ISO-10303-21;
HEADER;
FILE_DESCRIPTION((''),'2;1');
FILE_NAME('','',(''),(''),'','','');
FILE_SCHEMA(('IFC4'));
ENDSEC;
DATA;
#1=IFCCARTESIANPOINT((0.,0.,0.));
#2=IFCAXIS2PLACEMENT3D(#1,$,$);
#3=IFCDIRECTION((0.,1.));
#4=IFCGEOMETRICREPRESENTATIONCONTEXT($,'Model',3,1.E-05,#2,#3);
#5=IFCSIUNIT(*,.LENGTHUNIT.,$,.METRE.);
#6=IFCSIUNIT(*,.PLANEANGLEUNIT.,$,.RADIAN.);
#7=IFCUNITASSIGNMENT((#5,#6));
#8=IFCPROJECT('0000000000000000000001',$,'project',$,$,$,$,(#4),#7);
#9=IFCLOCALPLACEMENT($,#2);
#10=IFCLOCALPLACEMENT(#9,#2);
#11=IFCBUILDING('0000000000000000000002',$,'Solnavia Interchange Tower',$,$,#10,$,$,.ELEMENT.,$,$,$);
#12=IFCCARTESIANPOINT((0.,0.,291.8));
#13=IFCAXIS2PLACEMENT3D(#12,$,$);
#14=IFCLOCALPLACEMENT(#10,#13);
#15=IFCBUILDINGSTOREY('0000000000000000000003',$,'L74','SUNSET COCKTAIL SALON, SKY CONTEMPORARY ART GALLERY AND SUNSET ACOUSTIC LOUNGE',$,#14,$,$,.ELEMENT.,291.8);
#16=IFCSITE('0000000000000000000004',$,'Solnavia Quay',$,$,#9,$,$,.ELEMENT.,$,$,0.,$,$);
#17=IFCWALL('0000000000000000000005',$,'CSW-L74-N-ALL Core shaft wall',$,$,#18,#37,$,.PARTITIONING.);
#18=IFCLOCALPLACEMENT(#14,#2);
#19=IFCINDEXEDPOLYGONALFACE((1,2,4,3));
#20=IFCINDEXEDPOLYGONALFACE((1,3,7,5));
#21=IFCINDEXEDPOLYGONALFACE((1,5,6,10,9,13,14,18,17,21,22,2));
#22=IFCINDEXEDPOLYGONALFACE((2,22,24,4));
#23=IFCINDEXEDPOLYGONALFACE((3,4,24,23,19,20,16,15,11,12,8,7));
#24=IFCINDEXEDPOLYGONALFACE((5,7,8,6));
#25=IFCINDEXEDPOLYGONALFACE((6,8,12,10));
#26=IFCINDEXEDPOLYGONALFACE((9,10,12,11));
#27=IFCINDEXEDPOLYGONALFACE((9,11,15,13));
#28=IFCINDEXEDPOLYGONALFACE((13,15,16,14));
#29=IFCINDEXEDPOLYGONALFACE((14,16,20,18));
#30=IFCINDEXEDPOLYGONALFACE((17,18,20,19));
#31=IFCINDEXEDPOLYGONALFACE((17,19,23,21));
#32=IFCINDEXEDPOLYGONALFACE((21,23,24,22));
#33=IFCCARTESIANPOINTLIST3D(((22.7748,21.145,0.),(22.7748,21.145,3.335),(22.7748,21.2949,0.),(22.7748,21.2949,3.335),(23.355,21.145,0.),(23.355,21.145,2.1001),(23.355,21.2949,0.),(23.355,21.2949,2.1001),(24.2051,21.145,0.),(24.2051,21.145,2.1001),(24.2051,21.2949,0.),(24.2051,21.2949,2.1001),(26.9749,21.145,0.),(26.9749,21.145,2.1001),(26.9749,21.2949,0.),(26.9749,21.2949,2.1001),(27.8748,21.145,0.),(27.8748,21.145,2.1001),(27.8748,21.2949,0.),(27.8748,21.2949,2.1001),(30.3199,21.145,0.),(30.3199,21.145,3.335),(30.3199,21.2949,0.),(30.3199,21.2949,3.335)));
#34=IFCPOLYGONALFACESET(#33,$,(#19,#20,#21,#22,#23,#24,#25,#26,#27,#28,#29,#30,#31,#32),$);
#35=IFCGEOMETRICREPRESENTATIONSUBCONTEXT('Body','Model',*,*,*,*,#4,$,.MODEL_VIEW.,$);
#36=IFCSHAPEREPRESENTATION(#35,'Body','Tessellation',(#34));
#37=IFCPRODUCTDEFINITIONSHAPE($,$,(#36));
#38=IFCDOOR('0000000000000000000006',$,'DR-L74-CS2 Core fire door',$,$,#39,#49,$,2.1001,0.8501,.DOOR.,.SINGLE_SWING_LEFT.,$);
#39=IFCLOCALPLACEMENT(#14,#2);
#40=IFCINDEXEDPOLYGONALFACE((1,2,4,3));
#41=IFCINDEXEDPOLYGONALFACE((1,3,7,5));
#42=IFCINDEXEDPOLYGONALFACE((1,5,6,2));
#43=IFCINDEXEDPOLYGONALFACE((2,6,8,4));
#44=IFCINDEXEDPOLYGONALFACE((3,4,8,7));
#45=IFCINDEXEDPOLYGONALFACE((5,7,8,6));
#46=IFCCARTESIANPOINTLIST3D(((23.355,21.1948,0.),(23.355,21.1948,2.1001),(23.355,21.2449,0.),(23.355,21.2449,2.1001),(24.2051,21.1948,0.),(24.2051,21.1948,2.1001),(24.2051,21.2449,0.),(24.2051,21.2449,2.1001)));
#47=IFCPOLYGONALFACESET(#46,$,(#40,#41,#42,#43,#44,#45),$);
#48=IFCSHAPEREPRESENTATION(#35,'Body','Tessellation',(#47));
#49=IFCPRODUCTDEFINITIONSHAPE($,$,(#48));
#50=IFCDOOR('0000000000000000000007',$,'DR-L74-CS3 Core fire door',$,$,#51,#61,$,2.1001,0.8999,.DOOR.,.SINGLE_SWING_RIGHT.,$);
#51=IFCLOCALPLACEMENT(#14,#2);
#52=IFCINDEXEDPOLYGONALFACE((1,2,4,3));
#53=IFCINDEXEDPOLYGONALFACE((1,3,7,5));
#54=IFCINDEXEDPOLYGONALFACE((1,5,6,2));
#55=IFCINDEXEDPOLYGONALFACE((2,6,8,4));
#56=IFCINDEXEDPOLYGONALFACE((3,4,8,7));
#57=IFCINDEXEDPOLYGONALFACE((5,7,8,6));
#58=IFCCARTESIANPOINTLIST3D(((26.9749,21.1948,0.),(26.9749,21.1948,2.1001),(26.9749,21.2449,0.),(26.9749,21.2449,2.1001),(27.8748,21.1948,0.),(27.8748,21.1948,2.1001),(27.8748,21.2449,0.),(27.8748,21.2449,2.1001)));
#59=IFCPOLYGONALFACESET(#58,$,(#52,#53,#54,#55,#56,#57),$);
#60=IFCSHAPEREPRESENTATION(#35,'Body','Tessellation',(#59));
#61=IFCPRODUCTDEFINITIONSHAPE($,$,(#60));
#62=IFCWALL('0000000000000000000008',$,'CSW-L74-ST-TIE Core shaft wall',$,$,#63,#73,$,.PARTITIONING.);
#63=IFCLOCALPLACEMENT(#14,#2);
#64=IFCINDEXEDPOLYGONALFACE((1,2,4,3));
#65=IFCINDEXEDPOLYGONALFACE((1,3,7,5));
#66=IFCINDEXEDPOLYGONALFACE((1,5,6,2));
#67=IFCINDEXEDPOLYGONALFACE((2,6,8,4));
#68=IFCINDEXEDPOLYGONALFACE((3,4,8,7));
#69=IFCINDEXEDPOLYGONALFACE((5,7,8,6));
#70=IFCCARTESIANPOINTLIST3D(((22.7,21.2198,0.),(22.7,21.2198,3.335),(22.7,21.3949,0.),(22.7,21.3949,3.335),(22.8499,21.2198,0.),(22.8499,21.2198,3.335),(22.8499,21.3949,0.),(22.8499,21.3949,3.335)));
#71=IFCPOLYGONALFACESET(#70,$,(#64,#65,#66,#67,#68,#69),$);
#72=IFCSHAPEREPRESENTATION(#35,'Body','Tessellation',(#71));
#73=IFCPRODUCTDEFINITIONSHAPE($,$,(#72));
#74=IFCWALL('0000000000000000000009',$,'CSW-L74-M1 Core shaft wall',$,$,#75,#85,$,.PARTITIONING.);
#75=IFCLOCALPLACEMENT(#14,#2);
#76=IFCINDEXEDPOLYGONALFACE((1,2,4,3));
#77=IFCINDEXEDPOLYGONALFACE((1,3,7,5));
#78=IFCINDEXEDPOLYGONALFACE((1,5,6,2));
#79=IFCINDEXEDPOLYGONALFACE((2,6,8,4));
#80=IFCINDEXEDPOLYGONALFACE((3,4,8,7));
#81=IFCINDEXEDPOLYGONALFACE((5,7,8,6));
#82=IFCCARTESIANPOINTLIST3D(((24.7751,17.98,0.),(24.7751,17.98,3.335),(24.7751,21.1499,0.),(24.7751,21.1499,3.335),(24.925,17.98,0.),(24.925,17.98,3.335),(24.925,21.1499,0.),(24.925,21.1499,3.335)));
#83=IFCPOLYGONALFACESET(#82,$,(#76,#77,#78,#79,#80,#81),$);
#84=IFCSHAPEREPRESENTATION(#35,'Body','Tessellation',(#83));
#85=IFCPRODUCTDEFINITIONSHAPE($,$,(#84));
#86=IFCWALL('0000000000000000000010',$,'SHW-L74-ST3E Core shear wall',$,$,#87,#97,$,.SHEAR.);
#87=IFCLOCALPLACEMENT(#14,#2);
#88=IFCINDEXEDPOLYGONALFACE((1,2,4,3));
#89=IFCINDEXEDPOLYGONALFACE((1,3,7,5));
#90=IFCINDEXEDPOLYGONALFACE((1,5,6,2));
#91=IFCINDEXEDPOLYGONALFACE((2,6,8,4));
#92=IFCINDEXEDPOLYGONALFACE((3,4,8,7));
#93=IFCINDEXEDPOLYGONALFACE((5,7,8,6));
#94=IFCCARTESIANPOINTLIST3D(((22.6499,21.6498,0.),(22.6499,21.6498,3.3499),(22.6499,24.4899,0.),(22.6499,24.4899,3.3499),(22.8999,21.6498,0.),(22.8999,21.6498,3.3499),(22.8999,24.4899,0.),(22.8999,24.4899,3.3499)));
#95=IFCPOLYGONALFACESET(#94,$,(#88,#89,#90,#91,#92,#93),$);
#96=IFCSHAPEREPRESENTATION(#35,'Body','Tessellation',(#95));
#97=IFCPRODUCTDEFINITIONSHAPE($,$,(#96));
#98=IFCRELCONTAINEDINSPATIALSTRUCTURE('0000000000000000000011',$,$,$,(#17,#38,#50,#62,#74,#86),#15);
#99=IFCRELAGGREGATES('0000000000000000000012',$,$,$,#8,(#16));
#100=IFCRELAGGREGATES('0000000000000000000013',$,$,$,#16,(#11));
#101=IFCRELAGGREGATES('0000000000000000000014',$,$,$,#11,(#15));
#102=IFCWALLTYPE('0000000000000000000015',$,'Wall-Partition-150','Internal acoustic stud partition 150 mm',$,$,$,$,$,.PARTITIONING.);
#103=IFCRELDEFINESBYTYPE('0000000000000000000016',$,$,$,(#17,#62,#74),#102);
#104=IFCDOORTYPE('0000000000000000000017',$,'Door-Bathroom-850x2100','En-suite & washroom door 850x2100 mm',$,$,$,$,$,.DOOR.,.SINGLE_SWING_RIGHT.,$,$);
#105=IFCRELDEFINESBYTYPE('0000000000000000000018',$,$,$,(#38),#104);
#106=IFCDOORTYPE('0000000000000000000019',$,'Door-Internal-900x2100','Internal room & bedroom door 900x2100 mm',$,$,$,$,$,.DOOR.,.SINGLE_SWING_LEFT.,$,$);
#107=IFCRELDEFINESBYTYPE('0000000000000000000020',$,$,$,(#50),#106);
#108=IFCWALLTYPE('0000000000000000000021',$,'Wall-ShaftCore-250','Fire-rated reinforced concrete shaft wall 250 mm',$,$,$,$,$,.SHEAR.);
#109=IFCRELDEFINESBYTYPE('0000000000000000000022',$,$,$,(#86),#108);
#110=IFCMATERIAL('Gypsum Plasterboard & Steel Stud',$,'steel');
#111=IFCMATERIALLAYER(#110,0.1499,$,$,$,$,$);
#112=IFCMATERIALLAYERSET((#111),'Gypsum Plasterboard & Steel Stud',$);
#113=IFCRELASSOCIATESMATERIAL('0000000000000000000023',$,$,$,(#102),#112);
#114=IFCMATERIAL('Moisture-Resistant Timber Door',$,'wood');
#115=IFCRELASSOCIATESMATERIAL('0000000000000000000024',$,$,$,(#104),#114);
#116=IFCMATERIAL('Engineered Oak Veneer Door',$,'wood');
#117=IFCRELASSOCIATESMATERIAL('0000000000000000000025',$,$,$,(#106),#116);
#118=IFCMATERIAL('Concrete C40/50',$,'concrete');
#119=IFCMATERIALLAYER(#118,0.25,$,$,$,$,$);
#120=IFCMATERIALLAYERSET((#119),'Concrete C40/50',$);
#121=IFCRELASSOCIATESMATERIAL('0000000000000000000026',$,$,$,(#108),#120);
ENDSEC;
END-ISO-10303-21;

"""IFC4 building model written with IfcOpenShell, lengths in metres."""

from ifc_helpers import new_model, si_unit, direction, frame, frame_2d, origin, place, context, subcontext, project, spatial, rectangle, extrude, material, layer, layer_set, type_object, element, fill, save


model = new_model("IFC4")

# Units and contexts
model_context = context("Model", 3, precision=1e-05, world=origin(), true_north=direction((0.0, 1.0)))
body_context = subcontext(model_context, "Body", "Model", "MODEL_VIEW")
ifc_project = project(units=[si_unit("LENGTHUNIT", "METRE"), si_unit("PLANEANGLEUNIT", "RADIAN")], contexts=[model_context])

# Site, building, storey
site_placement = place(None, origin())
site = spatial("IfcSite", under=ifc_project, at=site_placement, Name="Solnavia Quay", CompositionType="ELEMENT", RefElevation=0.0)
building_placement = place(site_placement, origin())
building = spatial("IfcBuilding", under=site, at=building_placement, Name="Solnavia Interchange Tower", CompositionType="ELEMENT")
storey_placement = place(building_placement, frame((0.0, 0.0, 291.8)))
storey = spatial("IfcBuildingStorey", under=building, at=storey_placement, Name="L74", Description="SUNSET COCKTAIL SALON, SKY CONTEMPORARY ART GALLERY AND SUNSET ACOUSTIC LOUNGE", CompositionType="ELEMENT", Elevation=291.8)

# Wall, openings, doors
ifc_material_1 = material(Name="Gypsum Plasterboard & Steel Stud", Category="steel")
ifc_layer_1 = layer(ifc_material_1, 0.1499)
ifc_layer_set_1 = layer_set([ifc_layer_1], Name="Gypsum Plasterboard & Steel Stud")
wall_type_1 = type_object("IfcWallType", Name="Wall-Partition-150", Description="Internal acoustic stud partition 150 mm", PredefinedType="PARTITIONING", material=ifc_layer_set_1)
wall_1_placement = place(storey_placement, frame((22.7749, 21.22, 0.0), z_axis=(0.0, 0.0, 1.0), x_axis=(1.0, 0.0, 0.0)))
wall_1 = element("IfcWall", 1, at=wall_1_placement, inside=storey, type_object=wall_type_1, Name="CSW-L74-N-ALL Core shaft wall", PredefinedType="PARTITIONING", context=body_context, shape_type="SweptSolid", body=[
    extrude(rectangle(XDim=7.5452, YDim=0.1499, at=frame_2d((3.7725, 0.0))), origin(), (0.0, 0.0, 1.0), 3.335),
])
opening_1_placement = place(wall_1_placement, frame((0.5801, 0.0, 0.0)))
opening_1 = element("IfcOpeningElement", 2, at=opening_1_placement, cuts=wall_1, PredefinedType="OPENING", context=body_context, shape_type="SweptSolid", body=[
    extrude(rectangle(XDim=0.8501, YDim=2.1001, at=frame_2d((0.425, 1.05))), frame((0.0, 0.085, 0.0), z_axis=(0.0, -1.0, 0.0), x_axis=(1.0, 0.0, 0.0)), (0.0, 0.0, 1.0), 0.1699),
])
opening_2_placement = place(wall_1_placement, frame((4.2, 0.0, 0.0)))
opening_2 = element("IfcOpeningElement", 3, at=opening_2_placement, cuts=wall_1, PredefinedType="OPENING", context=body_context, shape_type="SweptSolid", body=[
    extrude(rectangle(XDim=0.8999, YDim=2.1001, at=frame_2d((0.45, 1.05))), frame((0.0, 0.085, 0.0), z_axis=(0.0, -1.0, 0.0), x_axis=(1.0, 0.0, 0.0)), (0.0, 0.0, 1.0), 0.1699),
])
ifc_material_2 = material(Name="Moisture-Resistant Timber Door", Category="wood")
door_type_1 = type_object("IfcDoorType", Name="Door-Bathroom-850x2100", Description="En-suite & washroom door 850x2100 mm", OperationType="SINGLE_SWING_RIGHT", PredefinedType="DOOR", material=ifc_material_2)
door_1_placement = place(opening_1_placement, origin())
door_1 = element("IfcDoor", 4, at=door_1_placement, inside=storey, type_object=door_type_1, Name="DR-L74-CS2 Core fire door", OperationType="SINGLE_SWING_LEFT", OverallHeight=2.1001, OverallWidth=0.8501, PredefinedType="DOOR", context=body_context, shape_type="SweptSolid", body=[
    extrude(rectangle(XDim=0.8501, YDim=2.1001, at=frame_2d((0.425, 1.05))), frame((0.0, 0.0249, 0.0), z_axis=(0.0, -1.0, 0.0), x_axis=(1.0, 0.0, 0.0)), (0.0, 0.0, 1.0), 0.05),
])
fill(opening_1, door_1)
ifc_material_3 = material(Name="Engineered Oak Veneer Door", Category="wood")
door_type_2 = type_object("IfcDoorType", Name="Door-Internal-900x2100", Description="Internal room & bedroom door 900x2100 mm", OperationType="SINGLE_SWING_LEFT", PredefinedType="DOOR", material=ifc_material_3)
door_2_placement = place(opening_2_placement, origin())
door_2 = element("IfcDoor", 5, at=door_2_placement, inside=storey, type_object=door_type_2, Name="DR-L74-CS3 Core fire door", OperationType="SINGLE_SWING_RIGHT", OverallHeight=2.1001, OverallWidth=0.8999, PredefinedType="DOOR", context=body_context, shape_type="SweptSolid", body=[
    extrude(rectangle(XDim=0.8999, YDim=2.1001, at=frame_2d((0.45, 1.05))), frame((0.0, 0.0249, 0.0), z_axis=(0.0, -1.0, 0.0), x_axis=(1.0, 0.0, 0.0)), (0.0, 0.0, 1.0), 0.05),
])
fill(opening_2, door_2)

# Walls
wall_2_placement = place(storey_placement, frame((22.7749, 21.22, 0.0), z_axis=(0.0, 0.0, 1.0), x_axis=(0.0, 1.0, 0.0)))
element("IfcWall", 6, at=wall_2_placement, inside=storey, type_object=wall_type_1, Name="CSW-L74-ST-TIE Core shaft wall", PredefinedType="PARTITIONING", context=body_context, shape_type="SweptSolid", body=[
    extrude(rectangle(XDim=0.175, YDim=0.1499, at=frame_2d((0.0874, 0.0))), origin(), (0.0, 0.0, 1.0), 3.335),
])
wall_3_placement = place(storey_placement, frame((24.8501, 17.98, 0.0), z_axis=(0.0, 0.0, 1.0), x_axis=(0.0, 1.0, 0.0)))
element("IfcWall", 7, at=wall_3_placement, inside=storey, type_object=wall_type_1, Name="CSW-L74-M1 Core shaft wall", PredefinedType="PARTITIONING", context=body_context, shape_type="SweptSolid", body=[
    extrude(rectangle(XDim=3.1699, YDim=0.1499, at=frame_2d((1.585, 0.0))), origin(), (0.0, 0.0, 1.0), 3.335),
])
ifc_material_4 = material(Name="Concrete C40/50", Category="concrete")
ifc_layer_2 = layer(ifc_material_4, 0.25)
ifc_layer_set_2 = layer_set([ifc_layer_2], Name="Concrete C40/50")
wall_type_2 = type_object("IfcWallType", Name="Wall-ShaftCore-250", Description="Fire-rated reinforced concrete shaft wall 250 mm", PredefinedType="SHEAR", material=ifc_layer_set_2)
wall_4_placement = place(storey_placement, frame((22.7749, 21.6499, 0.0), z_axis=(0.0, 0.0, 1.0), x_axis=(0.0, 1.0, 0.0)))
element("IfcWall", 8, at=wall_4_placement, inside=storey, type_object=wall_type_2, Name="SHW-L74-ST3E Core shear wall", PredefinedType="SHEAR", context=body_context, shape_type="SweptSolid", body=[
    extrude(rectangle(XDim=2.8401, YDim=0.25, at=frame_2d((1.4199, 0.0))), origin(), (0.0, 0.0, 1.0), 3.3499),
])

save(model, "model.ifc")
